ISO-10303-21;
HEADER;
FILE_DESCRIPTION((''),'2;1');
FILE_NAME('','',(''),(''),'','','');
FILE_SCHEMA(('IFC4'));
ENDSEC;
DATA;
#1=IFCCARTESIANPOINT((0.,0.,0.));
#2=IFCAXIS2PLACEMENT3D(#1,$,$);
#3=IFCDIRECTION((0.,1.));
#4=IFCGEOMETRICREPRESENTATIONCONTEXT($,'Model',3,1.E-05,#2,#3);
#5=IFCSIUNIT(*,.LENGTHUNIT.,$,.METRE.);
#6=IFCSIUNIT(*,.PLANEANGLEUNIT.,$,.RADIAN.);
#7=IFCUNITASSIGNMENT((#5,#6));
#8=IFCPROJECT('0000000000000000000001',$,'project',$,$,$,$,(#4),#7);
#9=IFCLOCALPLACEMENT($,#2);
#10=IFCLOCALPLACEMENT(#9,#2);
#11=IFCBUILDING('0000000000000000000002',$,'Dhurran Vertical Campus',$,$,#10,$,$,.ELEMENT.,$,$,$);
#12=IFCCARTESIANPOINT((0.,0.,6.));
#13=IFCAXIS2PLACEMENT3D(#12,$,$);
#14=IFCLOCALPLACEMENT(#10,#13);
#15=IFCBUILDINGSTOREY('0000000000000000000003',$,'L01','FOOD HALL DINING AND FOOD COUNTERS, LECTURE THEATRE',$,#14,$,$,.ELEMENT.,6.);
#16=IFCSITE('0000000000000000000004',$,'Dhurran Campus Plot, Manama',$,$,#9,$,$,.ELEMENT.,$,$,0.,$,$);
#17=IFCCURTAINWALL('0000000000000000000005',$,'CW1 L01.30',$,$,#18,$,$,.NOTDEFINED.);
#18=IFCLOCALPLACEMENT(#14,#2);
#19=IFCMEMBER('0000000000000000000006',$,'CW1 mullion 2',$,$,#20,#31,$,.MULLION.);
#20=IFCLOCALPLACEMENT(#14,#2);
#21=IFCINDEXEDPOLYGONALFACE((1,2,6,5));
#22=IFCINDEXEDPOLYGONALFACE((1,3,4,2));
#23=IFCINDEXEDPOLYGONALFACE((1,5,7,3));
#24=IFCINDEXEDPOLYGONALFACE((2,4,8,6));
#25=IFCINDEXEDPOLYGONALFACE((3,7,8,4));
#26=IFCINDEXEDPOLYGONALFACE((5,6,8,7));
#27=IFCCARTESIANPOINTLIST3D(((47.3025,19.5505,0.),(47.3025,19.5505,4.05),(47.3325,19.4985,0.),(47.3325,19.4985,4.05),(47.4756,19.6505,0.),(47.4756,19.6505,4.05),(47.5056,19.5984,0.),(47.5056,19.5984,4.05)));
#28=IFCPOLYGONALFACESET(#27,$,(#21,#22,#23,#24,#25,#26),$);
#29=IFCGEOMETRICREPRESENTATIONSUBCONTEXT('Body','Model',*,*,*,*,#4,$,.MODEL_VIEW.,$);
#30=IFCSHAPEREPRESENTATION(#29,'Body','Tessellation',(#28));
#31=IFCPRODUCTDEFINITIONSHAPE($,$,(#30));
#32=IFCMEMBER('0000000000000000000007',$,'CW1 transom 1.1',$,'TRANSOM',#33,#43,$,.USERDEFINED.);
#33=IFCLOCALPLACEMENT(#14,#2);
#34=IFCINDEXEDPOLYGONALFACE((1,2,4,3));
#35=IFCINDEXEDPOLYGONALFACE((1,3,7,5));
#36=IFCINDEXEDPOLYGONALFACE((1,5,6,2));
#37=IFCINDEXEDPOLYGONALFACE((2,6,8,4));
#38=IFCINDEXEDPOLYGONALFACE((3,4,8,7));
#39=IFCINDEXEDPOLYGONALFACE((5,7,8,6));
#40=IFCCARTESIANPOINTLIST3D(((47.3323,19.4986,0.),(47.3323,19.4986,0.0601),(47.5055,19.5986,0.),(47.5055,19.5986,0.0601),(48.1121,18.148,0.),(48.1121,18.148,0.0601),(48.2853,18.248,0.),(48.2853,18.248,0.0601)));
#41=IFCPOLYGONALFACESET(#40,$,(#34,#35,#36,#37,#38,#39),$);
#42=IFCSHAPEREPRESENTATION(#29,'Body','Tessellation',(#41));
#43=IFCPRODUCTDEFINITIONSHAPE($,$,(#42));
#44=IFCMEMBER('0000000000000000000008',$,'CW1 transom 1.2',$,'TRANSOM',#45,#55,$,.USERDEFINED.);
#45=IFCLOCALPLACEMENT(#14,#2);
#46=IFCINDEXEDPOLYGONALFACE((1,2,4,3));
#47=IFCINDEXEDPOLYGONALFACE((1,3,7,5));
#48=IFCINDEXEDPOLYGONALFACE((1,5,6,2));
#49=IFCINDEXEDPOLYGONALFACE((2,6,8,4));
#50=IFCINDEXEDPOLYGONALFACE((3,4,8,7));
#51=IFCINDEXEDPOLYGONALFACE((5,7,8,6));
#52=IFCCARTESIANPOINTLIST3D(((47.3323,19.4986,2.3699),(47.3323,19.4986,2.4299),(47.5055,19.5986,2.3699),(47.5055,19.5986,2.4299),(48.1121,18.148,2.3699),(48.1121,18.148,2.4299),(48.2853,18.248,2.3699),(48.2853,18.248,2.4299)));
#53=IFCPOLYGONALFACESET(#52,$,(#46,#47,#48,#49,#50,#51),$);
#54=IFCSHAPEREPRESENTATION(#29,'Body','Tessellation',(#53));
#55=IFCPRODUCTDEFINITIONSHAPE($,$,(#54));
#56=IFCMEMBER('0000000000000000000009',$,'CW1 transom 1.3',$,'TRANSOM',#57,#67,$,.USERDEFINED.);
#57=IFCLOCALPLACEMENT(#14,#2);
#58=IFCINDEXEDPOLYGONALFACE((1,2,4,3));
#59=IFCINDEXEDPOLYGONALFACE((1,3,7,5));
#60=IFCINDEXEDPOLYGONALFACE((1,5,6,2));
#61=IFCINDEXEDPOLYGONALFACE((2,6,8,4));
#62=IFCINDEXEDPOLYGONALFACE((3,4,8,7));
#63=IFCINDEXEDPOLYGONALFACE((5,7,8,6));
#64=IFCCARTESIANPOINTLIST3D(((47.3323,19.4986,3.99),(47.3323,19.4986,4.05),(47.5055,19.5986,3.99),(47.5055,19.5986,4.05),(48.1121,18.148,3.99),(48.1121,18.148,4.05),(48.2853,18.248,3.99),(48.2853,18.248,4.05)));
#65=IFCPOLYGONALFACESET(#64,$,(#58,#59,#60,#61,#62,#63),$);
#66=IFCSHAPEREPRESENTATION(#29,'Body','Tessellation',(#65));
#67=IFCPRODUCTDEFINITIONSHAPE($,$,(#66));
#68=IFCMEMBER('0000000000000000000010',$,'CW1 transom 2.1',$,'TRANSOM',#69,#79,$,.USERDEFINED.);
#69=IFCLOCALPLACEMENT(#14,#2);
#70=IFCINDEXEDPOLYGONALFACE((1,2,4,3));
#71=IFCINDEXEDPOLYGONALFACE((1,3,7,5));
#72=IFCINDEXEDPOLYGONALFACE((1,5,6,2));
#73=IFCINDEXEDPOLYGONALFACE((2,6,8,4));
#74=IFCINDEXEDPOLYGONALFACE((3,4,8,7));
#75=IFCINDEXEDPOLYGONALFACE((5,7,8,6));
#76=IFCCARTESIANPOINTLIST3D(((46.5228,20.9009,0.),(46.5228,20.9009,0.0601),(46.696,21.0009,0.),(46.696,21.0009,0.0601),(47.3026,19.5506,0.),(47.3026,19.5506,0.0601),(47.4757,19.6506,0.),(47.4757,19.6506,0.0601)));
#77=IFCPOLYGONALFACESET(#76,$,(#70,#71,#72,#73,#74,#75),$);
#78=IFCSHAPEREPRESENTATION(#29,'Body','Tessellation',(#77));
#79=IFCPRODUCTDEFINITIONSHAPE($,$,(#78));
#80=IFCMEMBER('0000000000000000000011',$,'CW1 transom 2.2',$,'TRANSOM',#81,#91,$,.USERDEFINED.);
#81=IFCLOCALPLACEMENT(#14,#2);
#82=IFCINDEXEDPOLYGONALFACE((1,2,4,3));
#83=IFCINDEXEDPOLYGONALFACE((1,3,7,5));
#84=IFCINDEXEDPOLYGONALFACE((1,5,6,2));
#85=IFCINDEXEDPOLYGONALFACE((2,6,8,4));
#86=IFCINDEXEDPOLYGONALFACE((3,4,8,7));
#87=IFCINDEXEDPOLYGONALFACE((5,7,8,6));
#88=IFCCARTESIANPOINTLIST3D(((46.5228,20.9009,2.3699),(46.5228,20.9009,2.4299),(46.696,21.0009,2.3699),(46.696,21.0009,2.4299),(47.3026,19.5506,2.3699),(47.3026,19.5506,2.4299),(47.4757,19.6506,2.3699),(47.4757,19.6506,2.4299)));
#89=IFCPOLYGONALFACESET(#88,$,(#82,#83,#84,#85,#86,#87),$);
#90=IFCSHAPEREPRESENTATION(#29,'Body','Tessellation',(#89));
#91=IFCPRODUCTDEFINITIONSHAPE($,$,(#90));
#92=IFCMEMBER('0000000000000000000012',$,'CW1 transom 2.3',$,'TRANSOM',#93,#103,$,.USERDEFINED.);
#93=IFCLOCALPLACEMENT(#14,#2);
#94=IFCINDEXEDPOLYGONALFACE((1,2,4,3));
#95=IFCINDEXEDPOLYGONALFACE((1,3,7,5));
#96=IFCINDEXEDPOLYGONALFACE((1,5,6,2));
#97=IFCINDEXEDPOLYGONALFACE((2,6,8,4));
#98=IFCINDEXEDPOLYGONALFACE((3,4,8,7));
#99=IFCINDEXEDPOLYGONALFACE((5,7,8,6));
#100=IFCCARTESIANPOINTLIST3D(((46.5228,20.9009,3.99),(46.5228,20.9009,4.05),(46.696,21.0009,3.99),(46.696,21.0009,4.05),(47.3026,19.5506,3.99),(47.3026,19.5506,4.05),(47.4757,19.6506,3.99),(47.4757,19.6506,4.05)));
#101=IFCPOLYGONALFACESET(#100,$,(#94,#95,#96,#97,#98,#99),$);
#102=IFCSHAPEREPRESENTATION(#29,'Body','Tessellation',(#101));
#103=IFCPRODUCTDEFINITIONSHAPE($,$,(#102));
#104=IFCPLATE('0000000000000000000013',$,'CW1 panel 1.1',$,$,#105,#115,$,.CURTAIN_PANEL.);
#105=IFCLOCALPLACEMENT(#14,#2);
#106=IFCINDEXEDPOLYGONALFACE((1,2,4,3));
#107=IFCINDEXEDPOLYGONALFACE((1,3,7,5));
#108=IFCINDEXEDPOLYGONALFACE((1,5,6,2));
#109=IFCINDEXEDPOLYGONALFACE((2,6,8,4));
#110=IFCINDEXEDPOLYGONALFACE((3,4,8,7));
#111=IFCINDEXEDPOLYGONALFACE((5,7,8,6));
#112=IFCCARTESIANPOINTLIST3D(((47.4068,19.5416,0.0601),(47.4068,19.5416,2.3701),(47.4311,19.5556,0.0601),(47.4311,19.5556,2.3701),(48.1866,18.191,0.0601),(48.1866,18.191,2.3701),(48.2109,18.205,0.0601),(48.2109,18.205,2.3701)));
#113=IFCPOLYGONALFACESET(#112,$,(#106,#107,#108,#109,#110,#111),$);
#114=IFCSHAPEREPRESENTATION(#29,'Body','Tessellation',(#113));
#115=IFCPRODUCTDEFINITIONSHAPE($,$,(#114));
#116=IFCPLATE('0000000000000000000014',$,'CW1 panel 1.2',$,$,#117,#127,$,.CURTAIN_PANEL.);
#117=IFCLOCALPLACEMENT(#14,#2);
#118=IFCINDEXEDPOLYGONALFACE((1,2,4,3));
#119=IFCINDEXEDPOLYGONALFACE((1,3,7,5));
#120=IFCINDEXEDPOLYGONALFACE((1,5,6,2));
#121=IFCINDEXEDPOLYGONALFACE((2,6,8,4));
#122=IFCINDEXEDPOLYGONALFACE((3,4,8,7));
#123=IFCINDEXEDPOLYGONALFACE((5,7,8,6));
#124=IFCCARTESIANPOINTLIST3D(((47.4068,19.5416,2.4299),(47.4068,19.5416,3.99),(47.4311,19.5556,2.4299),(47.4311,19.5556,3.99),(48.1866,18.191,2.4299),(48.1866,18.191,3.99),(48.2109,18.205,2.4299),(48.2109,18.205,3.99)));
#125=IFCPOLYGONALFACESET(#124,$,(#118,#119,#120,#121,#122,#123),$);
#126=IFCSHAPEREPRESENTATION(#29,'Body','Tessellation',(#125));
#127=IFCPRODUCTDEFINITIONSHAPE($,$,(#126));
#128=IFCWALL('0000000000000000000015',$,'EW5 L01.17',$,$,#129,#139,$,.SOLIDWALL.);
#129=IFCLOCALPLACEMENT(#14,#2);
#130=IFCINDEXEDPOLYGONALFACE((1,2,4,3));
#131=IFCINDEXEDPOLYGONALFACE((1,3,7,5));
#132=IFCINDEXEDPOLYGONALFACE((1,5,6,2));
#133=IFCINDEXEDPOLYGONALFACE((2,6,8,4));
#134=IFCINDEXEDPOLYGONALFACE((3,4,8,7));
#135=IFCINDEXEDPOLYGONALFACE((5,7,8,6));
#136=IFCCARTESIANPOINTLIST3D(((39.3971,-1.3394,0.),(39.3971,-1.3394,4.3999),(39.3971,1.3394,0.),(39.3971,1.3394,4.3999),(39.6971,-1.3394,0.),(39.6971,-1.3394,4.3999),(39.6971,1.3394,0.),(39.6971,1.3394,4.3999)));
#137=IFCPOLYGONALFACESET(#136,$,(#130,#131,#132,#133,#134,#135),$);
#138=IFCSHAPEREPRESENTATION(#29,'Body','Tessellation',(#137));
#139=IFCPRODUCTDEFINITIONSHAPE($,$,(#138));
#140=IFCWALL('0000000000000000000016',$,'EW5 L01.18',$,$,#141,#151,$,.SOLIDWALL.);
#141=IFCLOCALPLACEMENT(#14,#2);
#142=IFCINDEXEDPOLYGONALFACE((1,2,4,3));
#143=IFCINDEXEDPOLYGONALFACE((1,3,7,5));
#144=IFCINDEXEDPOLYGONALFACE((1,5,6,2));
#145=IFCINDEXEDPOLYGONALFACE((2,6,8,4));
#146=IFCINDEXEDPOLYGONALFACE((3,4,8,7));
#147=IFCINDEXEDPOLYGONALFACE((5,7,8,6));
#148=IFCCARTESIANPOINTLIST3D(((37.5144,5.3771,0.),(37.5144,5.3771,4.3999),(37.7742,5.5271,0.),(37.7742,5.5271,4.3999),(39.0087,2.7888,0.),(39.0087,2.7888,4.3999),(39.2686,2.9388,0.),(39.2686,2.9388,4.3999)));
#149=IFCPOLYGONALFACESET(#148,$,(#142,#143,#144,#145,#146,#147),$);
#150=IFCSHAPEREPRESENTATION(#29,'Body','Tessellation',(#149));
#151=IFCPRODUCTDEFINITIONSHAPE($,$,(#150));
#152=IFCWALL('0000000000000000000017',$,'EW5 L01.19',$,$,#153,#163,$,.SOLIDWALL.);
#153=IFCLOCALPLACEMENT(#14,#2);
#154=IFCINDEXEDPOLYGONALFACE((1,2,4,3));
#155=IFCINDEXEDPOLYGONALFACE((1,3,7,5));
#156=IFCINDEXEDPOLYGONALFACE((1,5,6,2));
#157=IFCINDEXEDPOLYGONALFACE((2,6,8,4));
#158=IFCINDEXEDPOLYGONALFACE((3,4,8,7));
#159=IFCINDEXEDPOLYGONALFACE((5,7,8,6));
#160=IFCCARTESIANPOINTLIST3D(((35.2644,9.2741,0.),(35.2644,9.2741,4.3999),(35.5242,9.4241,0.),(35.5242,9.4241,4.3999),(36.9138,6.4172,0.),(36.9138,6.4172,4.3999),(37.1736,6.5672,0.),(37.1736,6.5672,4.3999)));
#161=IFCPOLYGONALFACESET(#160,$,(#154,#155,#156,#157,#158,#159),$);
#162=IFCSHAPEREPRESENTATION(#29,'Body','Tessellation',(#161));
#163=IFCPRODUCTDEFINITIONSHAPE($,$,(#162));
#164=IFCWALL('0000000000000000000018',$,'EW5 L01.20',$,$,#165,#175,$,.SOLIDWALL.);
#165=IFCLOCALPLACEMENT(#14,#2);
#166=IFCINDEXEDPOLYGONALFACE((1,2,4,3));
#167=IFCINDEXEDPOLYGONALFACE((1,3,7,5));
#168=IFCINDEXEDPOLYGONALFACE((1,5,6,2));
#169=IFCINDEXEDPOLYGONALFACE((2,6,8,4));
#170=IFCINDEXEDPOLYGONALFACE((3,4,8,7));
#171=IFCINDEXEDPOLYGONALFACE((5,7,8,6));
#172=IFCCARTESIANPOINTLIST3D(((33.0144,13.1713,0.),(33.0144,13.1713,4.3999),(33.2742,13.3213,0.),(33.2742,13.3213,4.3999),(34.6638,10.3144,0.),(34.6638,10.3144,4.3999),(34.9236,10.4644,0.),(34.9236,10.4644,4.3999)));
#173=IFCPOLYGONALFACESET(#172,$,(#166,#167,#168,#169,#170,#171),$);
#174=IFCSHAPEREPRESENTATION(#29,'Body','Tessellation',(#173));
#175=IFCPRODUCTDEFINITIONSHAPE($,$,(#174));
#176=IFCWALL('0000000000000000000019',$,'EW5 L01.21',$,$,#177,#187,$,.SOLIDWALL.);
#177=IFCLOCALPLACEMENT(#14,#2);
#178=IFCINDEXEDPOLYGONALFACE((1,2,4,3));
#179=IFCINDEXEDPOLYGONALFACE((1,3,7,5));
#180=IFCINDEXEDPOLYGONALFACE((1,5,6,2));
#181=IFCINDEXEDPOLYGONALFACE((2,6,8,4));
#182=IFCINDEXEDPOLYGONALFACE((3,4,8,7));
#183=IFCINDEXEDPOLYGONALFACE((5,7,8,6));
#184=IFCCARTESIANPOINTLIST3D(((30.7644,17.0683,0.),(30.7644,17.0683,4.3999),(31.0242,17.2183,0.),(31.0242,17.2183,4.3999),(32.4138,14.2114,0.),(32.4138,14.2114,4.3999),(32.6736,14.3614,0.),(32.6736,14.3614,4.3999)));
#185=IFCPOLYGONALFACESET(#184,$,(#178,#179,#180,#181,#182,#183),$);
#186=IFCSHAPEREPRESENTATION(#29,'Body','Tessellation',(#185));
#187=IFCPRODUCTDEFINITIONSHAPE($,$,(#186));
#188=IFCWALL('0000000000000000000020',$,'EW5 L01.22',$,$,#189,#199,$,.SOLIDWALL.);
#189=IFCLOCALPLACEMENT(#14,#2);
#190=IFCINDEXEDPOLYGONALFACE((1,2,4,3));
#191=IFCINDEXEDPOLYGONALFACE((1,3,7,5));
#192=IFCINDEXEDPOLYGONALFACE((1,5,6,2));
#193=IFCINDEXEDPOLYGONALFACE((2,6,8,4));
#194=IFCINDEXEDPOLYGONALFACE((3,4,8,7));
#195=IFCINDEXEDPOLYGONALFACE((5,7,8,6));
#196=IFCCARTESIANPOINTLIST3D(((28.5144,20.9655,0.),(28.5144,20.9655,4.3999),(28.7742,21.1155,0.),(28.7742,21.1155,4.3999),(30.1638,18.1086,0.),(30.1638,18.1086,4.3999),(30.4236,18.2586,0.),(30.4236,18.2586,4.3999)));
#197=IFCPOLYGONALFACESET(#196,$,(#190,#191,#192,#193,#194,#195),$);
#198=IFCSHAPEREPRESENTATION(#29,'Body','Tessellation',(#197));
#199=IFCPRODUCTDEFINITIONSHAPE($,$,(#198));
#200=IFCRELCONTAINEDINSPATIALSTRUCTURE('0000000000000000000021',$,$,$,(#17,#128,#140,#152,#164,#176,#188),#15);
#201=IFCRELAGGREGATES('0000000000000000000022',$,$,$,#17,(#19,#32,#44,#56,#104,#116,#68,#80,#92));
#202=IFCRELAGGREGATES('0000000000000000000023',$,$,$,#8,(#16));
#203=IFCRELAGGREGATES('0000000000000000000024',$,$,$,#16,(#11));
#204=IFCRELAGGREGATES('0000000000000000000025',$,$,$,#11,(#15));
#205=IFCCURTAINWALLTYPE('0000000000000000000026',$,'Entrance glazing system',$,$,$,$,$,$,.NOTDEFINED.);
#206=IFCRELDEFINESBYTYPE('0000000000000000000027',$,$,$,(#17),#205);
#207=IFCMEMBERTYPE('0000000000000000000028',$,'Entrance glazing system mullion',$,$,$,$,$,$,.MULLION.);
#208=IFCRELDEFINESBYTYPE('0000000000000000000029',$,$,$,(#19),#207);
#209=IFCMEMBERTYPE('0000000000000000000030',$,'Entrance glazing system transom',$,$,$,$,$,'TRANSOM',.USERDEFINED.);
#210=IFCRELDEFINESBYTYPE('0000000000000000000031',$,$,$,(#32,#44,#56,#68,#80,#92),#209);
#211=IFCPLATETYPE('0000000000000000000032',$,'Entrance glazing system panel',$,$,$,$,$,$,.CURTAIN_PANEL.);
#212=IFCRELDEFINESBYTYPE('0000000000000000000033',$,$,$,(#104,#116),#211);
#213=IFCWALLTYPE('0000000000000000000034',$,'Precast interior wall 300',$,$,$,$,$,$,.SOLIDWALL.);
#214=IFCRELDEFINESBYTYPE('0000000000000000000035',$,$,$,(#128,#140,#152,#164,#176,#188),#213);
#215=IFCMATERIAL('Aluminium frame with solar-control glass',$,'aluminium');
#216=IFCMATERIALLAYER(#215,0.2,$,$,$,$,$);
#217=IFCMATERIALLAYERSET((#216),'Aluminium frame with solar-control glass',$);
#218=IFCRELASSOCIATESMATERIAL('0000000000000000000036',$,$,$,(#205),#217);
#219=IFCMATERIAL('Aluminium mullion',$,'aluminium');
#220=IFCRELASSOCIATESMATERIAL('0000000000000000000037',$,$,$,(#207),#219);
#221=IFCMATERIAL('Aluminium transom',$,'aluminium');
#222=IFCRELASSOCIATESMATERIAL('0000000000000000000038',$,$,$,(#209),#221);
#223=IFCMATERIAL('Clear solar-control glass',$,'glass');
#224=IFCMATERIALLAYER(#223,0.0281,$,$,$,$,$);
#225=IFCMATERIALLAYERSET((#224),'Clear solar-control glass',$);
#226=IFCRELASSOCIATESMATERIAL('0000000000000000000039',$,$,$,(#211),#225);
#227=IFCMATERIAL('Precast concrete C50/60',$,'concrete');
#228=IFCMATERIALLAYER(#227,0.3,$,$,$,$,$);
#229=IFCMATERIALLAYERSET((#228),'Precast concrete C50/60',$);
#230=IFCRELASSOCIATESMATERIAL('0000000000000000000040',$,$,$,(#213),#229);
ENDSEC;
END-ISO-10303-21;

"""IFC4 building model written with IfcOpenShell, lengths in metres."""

from ifc_helpers import new_model, si_unit, direction, frame, frame_2d, origin, origin_2d, place, context, subcontext, project, spatial, rectangle, extrude, material, layer, layer_set, material_profile, profile_set, type_object, element, aggregate, save


model = new_model("IFC4")

# Units and contexts
model_context = context("Model", 3, precision=1e-05, world=origin(), true_north=direction((0.0, 1.0)))
body_context = subcontext(model_context, "Body", "Model", "MODEL_VIEW")
ifc_project = project(units=[si_unit("LENGTHUNIT", "METRE"), si_unit("PLANEANGLEUNIT", "RADIAN")], contexts=[model_context])

# Site, building, storey
site_placement = place(None, origin())
site = spatial("IfcSite", under=ifc_project, at=site_placement, Name="Dhurran Campus Plot, Manama", CompositionType="ELEMENT", RefElevation=0.0)
building_placement = place(site_placement, origin())
building = spatial("IfcBuilding", under=site, at=building_placement, Name="Dhurran Vertical Campus", CompositionType="ELEMENT")
storey_placement = place(building_placement, frame((0.0, 0.0, 6.0)))
storey = spatial("IfcBuildingStorey", under=building, at=storey_placement, Name="L01", Description="FOOD HALL DINING AND FOOD COUNTERS, LECTURE THEATRE", CompositionType="ELEMENT", Elevation=6.0)

# Curtain wall, members, plates
ifc_material_1 = material(Name="Aluminium frame with solar-control glass", Category="aluminium")
ifc_layer_1 = layer(ifc_material_1, 0.2)
ifc_layer_set_1 = layer_set([ifc_layer_1], Name="Aluminium frame with solar-control glass")
curtain_wall_type = type_object("IfcCurtainWallType", Name="Entrance glazing system", PredefinedType="NOTDEFINED", material=ifc_layer_set_1)
curtain_wall_placement = place(storey_placement, origin())
curtain_wall = element("IfcCurtainWall", 1, at=curtain_wall_placement, inside=storey, type_object=curtain_wall_type, Name="CW1 L01.30", PredefinedType="NOTDEFINED")
ifc_material_2 = material(Name="Aluminium mullion", Category="aluminium")
ifc_material_profile_1 = material_profile(ifc_material_2, rectangle(XDim=0.2, YDim=0.0601, at=origin_2d()), Name="Entrance glazing system mullion")
ifc_profile_set_1 = profile_set([ifc_material_profile_1], Name="Aluminium mullion")
member_type_1 = type_object("IfcMemberType", Name="Entrance glazing system mullion", PredefinedType="MULLION", material=ifc_profile_set_1)
member_1_placement = place(storey_placement, frame((47.4041, 19.5745, 0.0), z_axis=(0.0, 0.0, 1.0), x_axis=(-0.866024, -0.500002, 0.0)))
member_1 = element("IfcMember", 2, at=member_1_placement, type_object=member_type_1, Name="CW1 mullion 2", PredefinedType="MULLION", context=body_context, shape_type="SweptSolid", body=[
    extrude(rectangle(XDim=0.2, YDim=0.0601, at=origin_2d()), origin(), (0.0, 0.0, 1.0), 4.05),
])
ifc_material_3 = material(Name="Aluminium transom", Category="aluminium")
ifc_material_profile_2 = material_profile(ifc_material_3, rectangle(XDim=0.2, YDim=0.0601, at=origin_2d()), Name="Entrance glazing system transom")
ifc_profile_set_2 = profile_set([ifc_material_profile_2], Name="Aluminium transom")
member_type_2 = type_object("IfcMemberType", Name="Entrance glazing system transom", ElementType="TRANSOM", PredefinedType="USERDEFINED", material=ifc_profile_set_2)
member_2_placement = place(storey_placement, frame((48.1987, 18.198, 0.03), z_axis=(-0.500012, 0.866019, 0.0), x_axis=(-0.866019, -0.500012, 0.0)))
member_2 = element("IfcMember", 3, at=member_2_placement, type_object=member_type_2, Name="CW1 transom 1.1", ObjectType="TRANSOM", PredefinedType="USERDEFINED", context=body_context, shape_type="SweptSolid", body=[
    extrude(rectangle(XDim=0.2, YDim=0.0601, at=origin_2d()), origin(), (0.0, 0.0, 1.0), 1.5596),
])
member_3_placement = place(storey_placement, frame((48.1987, 18.198, 2.3999), z_axis=(-0.500012, 0.866019, 0.0), x_axis=(-0.866019, -0.500012, 0.0)))
member_3 = element("IfcMember", 4, at=member_3_placement, type_object=member_type_2, Name="CW1 transom 1.2", ObjectType="TRANSOM", PredefinedType="USERDEFINED", context=body_context, shape_type="SweptSolid", body=[
    extrude(rectangle(XDim=0.2, YDim=0.0601, at=origin_2d()), origin(), (0.0, 0.0, 1.0), 1.5596),
])
member_4_placement = place(storey_placement, frame((48.1987, 18.198, 4.02), z_axis=(-0.500012, 0.866019, 0.0), x_axis=(-0.866019, -0.500012, 0.0)))
member_4 = element("IfcMember", 5, at=member_4_placement, type_object=member_type_2, Name="CW1 transom 1.3", ObjectType="TRANSOM", PredefinedType="USERDEFINED", context=body_context, shape_type="SweptSolid", body=[
    extrude(rectangle(XDim=0.2, YDim=0.0601, at=origin_2d()), origin(), (0.0, 0.0, 1.0), 1.5596),
])
member_5_placement = place(storey_placement, frame((47.3892, 19.6006, 0.03), z_axis=(-0.500079, 0.86598, 0.0), x_axis=(-0.86598, -0.500079, 0.0)))
member_5 = element("IfcMember", 6, at=member_5_placement, type_object=member_type_2, Name="CW1 transom 2.1", ObjectType="TRANSOM", PredefinedType="USERDEFINED", context=body_context, shape_type="SweptSolid", body=[
    extrude(rectangle(XDim=0.2, YDim=0.0601, at=origin_2d()), origin(), (0.0, 0.0, 1.0), 1.5593),
])
member_6_placement = place(storey_placement, frame((47.3892, 19.6006, 2.3999), z_axis=(-0.500079, 0.86598, 0.0), x_axis=(-0.86598, -0.500079, 0.0)))
member_6 = element("IfcMember", 7, at=member_6_placement, type_object=member_type_2, Name="CW1 transom 2.2", ObjectType="TRANSOM", PredefinedType="USERDEFINED", context=body_context, shape_type="SweptSolid", body=[
    extrude(rectangle(XDim=0.2, YDim=0.0601, at=origin_2d()), origin(), (0.0, 0.0, 1.0), 1.5593),
])
member_7_placement = place(storey_placement, frame((47.3892, 19.6006, 4.02), z_axis=(-0.500079, 0.86598, 0.0), x_axis=(-0.86598, -0.500079, 0.0)))
member_7 = element("IfcMember", 8, at=member_7_placement, type_object=member_type_2, Name="CW1 transom 2.3", ObjectType="TRANSOM", PredefinedType="USERDEFINED", context=body_context, shape_type="SweptSolid", body=[
    extrude(rectangle(XDim=0.2, YDim=0.0601, at=origin_2d()), origin(), (0.0, 0.0, 1.0), 1.5593),
])
ifc_material_4 = material(Name="Clear solar-control glass", Category="glass")
ifc_layer_2 = layer(ifc_material_4, 0.0281)
ifc_layer_set_2 = layer_set([ifc_layer_2], Name="Clear solar-control glass")
plate_type = type_object("IfcPlateType", Name="Entrance glazing system panel", PredefinedType="CURTAIN_PANEL", material=ifc_layer_set_2)
plate_1_placement = place(storey_placement, frame((47.8088, 18.8733, 0.0601), z_axis=(0.0, 0.0, 1.0), x_axis=(-0.500002, 0.866024, 0.0)))
plate_1 = element("IfcPlate", 9, at=plate_1_placement, type_object=plate_type, Name="CW1 panel 1.1", PredefinedType="CURTAIN_PANEL", context=body_context, shape_type="SweptSolid", body=[
    extrude(rectangle(XDim=1.5596, YDim=0.0281, at=origin_2d()), origin(), (0.0, 0.0, 1.0), 2.3101),
])
plate_2_placement = place(storey_placement, frame((47.8088, 18.8733, 2.4299), z_axis=(0.0, 0.0, 1.0), x_axis=(-0.500002, 0.866024, 0.0)))
plate_2 = element("IfcPlate", 10, at=plate_2_placement, type_object=plate_type, Name="CW1 panel 1.2", PredefinedType="CURTAIN_PANEL", context=body_context, shape_type="SweptSolid", body=[
    extrude(rectangle(XDim=1.5596, YDim=0.0281, at=origin_2d()), origin(), (0.0, 0.0, 1.0), 1.5601),
])
aggregate(curtain_wall, [member_1, member_2, member_3, member_4, plate_1, plate_2, member_5, member_6, member_7])

# Walls
ifc_material_5 = material(Name="Precast concrete C50/60", Category="concrete")
ifc_layer_3 = layer(ifc_material_5, 0.3)
ifc_layer_set_3 = layer_set([ifc_layer_3], Name="Precast concrete C50/60")
wall_type_1 = type_object("IfcWallType", Name="Precast interior wall 300", PredefinedType="SOLIDWALL", material=ifc_layer_set_3)
wall_1_placement = place(storey_placement, frame((39.5471, -1.3394, 0.0), z_axis=(0.0, 0.0, 1.0), x_axis=(0.0, 1.0, 0.0)))
element("IfcWall", 11, at=wall_1_placement, inside=storey, type_object=wall_type_1, Name="EW5 L01.17", PredefinedType="SOLIDWALL", context=body_context, shape_type="SweptSolid", body=[
    extrude(rectangle(XDim=2.6787, YDim=0.3, at=frame_2d((1.3394, 0.0))), origin(), (0.0, 0.0, 1.0), 4.3999),
])
wall_2_placement = place(storey_placement, frame((39.1387, 2.8638, 0.0), z_axis=(0.0, 0.0, 1.0), x_axis=(-0.499996, 0.866028, 0.0)))
element("IfcWall", 12, at=wall_2_placement, inside=storey, type_object=wall_type_1, Name="EW5 L01.18", PredefinedType="SOLIDWALL", context=body_context, shape_type="SweptSolid", body=[
    extrude(rectangle(XDim=2.9888, YDim=0.3, at=frame_2d((1.4944, 0.0))), origin(), (0.0, 0.0, 1.0), 4.3999),
])
for number, where, z_axis, x_axis, name in (
    (13, (37.0437, 6.4922, 0.0), (0.0, 0.0, 1.0), (-0.499992, 0.86603, 0.0), "EW5 L01.19"),
    (14, (34.7937, 10.3894, 0.0), (0.0, 0.0, 1.0), (-0.499992, 0.86603, 0.0), "EW5 L01.20"),
    (15, (32.5437, 14.2864, 0.0), (0.0, 0.0, 1.0), (-0.499992, 0.86603, 0.0), "EW5 L01.21"),
    (16, (30.2937, 18.1836, 0.0), (0.0, 0.0, 1.0), (-0.499992, 0.86603, 0.0), "EW5 L01.22"),
):
    element("IfcWall", number, at=place(storey_placement, frame(where, z_axis=z_axis, x_axis=x_axis)), inside=storey, type_object=wall_type_1, Name=name, PredefinedType="SOLIDWALL", context=body_context, shape_type="SweptSolid", body=[
        extrude(rectangle(XDim=3.2988, YDim=0.3, at=frame_2d((1.6494, 0.0))), origin(), (0.0, 0.0, 1.0), 4.3999),
    ])

save(model, "model.ifc")
